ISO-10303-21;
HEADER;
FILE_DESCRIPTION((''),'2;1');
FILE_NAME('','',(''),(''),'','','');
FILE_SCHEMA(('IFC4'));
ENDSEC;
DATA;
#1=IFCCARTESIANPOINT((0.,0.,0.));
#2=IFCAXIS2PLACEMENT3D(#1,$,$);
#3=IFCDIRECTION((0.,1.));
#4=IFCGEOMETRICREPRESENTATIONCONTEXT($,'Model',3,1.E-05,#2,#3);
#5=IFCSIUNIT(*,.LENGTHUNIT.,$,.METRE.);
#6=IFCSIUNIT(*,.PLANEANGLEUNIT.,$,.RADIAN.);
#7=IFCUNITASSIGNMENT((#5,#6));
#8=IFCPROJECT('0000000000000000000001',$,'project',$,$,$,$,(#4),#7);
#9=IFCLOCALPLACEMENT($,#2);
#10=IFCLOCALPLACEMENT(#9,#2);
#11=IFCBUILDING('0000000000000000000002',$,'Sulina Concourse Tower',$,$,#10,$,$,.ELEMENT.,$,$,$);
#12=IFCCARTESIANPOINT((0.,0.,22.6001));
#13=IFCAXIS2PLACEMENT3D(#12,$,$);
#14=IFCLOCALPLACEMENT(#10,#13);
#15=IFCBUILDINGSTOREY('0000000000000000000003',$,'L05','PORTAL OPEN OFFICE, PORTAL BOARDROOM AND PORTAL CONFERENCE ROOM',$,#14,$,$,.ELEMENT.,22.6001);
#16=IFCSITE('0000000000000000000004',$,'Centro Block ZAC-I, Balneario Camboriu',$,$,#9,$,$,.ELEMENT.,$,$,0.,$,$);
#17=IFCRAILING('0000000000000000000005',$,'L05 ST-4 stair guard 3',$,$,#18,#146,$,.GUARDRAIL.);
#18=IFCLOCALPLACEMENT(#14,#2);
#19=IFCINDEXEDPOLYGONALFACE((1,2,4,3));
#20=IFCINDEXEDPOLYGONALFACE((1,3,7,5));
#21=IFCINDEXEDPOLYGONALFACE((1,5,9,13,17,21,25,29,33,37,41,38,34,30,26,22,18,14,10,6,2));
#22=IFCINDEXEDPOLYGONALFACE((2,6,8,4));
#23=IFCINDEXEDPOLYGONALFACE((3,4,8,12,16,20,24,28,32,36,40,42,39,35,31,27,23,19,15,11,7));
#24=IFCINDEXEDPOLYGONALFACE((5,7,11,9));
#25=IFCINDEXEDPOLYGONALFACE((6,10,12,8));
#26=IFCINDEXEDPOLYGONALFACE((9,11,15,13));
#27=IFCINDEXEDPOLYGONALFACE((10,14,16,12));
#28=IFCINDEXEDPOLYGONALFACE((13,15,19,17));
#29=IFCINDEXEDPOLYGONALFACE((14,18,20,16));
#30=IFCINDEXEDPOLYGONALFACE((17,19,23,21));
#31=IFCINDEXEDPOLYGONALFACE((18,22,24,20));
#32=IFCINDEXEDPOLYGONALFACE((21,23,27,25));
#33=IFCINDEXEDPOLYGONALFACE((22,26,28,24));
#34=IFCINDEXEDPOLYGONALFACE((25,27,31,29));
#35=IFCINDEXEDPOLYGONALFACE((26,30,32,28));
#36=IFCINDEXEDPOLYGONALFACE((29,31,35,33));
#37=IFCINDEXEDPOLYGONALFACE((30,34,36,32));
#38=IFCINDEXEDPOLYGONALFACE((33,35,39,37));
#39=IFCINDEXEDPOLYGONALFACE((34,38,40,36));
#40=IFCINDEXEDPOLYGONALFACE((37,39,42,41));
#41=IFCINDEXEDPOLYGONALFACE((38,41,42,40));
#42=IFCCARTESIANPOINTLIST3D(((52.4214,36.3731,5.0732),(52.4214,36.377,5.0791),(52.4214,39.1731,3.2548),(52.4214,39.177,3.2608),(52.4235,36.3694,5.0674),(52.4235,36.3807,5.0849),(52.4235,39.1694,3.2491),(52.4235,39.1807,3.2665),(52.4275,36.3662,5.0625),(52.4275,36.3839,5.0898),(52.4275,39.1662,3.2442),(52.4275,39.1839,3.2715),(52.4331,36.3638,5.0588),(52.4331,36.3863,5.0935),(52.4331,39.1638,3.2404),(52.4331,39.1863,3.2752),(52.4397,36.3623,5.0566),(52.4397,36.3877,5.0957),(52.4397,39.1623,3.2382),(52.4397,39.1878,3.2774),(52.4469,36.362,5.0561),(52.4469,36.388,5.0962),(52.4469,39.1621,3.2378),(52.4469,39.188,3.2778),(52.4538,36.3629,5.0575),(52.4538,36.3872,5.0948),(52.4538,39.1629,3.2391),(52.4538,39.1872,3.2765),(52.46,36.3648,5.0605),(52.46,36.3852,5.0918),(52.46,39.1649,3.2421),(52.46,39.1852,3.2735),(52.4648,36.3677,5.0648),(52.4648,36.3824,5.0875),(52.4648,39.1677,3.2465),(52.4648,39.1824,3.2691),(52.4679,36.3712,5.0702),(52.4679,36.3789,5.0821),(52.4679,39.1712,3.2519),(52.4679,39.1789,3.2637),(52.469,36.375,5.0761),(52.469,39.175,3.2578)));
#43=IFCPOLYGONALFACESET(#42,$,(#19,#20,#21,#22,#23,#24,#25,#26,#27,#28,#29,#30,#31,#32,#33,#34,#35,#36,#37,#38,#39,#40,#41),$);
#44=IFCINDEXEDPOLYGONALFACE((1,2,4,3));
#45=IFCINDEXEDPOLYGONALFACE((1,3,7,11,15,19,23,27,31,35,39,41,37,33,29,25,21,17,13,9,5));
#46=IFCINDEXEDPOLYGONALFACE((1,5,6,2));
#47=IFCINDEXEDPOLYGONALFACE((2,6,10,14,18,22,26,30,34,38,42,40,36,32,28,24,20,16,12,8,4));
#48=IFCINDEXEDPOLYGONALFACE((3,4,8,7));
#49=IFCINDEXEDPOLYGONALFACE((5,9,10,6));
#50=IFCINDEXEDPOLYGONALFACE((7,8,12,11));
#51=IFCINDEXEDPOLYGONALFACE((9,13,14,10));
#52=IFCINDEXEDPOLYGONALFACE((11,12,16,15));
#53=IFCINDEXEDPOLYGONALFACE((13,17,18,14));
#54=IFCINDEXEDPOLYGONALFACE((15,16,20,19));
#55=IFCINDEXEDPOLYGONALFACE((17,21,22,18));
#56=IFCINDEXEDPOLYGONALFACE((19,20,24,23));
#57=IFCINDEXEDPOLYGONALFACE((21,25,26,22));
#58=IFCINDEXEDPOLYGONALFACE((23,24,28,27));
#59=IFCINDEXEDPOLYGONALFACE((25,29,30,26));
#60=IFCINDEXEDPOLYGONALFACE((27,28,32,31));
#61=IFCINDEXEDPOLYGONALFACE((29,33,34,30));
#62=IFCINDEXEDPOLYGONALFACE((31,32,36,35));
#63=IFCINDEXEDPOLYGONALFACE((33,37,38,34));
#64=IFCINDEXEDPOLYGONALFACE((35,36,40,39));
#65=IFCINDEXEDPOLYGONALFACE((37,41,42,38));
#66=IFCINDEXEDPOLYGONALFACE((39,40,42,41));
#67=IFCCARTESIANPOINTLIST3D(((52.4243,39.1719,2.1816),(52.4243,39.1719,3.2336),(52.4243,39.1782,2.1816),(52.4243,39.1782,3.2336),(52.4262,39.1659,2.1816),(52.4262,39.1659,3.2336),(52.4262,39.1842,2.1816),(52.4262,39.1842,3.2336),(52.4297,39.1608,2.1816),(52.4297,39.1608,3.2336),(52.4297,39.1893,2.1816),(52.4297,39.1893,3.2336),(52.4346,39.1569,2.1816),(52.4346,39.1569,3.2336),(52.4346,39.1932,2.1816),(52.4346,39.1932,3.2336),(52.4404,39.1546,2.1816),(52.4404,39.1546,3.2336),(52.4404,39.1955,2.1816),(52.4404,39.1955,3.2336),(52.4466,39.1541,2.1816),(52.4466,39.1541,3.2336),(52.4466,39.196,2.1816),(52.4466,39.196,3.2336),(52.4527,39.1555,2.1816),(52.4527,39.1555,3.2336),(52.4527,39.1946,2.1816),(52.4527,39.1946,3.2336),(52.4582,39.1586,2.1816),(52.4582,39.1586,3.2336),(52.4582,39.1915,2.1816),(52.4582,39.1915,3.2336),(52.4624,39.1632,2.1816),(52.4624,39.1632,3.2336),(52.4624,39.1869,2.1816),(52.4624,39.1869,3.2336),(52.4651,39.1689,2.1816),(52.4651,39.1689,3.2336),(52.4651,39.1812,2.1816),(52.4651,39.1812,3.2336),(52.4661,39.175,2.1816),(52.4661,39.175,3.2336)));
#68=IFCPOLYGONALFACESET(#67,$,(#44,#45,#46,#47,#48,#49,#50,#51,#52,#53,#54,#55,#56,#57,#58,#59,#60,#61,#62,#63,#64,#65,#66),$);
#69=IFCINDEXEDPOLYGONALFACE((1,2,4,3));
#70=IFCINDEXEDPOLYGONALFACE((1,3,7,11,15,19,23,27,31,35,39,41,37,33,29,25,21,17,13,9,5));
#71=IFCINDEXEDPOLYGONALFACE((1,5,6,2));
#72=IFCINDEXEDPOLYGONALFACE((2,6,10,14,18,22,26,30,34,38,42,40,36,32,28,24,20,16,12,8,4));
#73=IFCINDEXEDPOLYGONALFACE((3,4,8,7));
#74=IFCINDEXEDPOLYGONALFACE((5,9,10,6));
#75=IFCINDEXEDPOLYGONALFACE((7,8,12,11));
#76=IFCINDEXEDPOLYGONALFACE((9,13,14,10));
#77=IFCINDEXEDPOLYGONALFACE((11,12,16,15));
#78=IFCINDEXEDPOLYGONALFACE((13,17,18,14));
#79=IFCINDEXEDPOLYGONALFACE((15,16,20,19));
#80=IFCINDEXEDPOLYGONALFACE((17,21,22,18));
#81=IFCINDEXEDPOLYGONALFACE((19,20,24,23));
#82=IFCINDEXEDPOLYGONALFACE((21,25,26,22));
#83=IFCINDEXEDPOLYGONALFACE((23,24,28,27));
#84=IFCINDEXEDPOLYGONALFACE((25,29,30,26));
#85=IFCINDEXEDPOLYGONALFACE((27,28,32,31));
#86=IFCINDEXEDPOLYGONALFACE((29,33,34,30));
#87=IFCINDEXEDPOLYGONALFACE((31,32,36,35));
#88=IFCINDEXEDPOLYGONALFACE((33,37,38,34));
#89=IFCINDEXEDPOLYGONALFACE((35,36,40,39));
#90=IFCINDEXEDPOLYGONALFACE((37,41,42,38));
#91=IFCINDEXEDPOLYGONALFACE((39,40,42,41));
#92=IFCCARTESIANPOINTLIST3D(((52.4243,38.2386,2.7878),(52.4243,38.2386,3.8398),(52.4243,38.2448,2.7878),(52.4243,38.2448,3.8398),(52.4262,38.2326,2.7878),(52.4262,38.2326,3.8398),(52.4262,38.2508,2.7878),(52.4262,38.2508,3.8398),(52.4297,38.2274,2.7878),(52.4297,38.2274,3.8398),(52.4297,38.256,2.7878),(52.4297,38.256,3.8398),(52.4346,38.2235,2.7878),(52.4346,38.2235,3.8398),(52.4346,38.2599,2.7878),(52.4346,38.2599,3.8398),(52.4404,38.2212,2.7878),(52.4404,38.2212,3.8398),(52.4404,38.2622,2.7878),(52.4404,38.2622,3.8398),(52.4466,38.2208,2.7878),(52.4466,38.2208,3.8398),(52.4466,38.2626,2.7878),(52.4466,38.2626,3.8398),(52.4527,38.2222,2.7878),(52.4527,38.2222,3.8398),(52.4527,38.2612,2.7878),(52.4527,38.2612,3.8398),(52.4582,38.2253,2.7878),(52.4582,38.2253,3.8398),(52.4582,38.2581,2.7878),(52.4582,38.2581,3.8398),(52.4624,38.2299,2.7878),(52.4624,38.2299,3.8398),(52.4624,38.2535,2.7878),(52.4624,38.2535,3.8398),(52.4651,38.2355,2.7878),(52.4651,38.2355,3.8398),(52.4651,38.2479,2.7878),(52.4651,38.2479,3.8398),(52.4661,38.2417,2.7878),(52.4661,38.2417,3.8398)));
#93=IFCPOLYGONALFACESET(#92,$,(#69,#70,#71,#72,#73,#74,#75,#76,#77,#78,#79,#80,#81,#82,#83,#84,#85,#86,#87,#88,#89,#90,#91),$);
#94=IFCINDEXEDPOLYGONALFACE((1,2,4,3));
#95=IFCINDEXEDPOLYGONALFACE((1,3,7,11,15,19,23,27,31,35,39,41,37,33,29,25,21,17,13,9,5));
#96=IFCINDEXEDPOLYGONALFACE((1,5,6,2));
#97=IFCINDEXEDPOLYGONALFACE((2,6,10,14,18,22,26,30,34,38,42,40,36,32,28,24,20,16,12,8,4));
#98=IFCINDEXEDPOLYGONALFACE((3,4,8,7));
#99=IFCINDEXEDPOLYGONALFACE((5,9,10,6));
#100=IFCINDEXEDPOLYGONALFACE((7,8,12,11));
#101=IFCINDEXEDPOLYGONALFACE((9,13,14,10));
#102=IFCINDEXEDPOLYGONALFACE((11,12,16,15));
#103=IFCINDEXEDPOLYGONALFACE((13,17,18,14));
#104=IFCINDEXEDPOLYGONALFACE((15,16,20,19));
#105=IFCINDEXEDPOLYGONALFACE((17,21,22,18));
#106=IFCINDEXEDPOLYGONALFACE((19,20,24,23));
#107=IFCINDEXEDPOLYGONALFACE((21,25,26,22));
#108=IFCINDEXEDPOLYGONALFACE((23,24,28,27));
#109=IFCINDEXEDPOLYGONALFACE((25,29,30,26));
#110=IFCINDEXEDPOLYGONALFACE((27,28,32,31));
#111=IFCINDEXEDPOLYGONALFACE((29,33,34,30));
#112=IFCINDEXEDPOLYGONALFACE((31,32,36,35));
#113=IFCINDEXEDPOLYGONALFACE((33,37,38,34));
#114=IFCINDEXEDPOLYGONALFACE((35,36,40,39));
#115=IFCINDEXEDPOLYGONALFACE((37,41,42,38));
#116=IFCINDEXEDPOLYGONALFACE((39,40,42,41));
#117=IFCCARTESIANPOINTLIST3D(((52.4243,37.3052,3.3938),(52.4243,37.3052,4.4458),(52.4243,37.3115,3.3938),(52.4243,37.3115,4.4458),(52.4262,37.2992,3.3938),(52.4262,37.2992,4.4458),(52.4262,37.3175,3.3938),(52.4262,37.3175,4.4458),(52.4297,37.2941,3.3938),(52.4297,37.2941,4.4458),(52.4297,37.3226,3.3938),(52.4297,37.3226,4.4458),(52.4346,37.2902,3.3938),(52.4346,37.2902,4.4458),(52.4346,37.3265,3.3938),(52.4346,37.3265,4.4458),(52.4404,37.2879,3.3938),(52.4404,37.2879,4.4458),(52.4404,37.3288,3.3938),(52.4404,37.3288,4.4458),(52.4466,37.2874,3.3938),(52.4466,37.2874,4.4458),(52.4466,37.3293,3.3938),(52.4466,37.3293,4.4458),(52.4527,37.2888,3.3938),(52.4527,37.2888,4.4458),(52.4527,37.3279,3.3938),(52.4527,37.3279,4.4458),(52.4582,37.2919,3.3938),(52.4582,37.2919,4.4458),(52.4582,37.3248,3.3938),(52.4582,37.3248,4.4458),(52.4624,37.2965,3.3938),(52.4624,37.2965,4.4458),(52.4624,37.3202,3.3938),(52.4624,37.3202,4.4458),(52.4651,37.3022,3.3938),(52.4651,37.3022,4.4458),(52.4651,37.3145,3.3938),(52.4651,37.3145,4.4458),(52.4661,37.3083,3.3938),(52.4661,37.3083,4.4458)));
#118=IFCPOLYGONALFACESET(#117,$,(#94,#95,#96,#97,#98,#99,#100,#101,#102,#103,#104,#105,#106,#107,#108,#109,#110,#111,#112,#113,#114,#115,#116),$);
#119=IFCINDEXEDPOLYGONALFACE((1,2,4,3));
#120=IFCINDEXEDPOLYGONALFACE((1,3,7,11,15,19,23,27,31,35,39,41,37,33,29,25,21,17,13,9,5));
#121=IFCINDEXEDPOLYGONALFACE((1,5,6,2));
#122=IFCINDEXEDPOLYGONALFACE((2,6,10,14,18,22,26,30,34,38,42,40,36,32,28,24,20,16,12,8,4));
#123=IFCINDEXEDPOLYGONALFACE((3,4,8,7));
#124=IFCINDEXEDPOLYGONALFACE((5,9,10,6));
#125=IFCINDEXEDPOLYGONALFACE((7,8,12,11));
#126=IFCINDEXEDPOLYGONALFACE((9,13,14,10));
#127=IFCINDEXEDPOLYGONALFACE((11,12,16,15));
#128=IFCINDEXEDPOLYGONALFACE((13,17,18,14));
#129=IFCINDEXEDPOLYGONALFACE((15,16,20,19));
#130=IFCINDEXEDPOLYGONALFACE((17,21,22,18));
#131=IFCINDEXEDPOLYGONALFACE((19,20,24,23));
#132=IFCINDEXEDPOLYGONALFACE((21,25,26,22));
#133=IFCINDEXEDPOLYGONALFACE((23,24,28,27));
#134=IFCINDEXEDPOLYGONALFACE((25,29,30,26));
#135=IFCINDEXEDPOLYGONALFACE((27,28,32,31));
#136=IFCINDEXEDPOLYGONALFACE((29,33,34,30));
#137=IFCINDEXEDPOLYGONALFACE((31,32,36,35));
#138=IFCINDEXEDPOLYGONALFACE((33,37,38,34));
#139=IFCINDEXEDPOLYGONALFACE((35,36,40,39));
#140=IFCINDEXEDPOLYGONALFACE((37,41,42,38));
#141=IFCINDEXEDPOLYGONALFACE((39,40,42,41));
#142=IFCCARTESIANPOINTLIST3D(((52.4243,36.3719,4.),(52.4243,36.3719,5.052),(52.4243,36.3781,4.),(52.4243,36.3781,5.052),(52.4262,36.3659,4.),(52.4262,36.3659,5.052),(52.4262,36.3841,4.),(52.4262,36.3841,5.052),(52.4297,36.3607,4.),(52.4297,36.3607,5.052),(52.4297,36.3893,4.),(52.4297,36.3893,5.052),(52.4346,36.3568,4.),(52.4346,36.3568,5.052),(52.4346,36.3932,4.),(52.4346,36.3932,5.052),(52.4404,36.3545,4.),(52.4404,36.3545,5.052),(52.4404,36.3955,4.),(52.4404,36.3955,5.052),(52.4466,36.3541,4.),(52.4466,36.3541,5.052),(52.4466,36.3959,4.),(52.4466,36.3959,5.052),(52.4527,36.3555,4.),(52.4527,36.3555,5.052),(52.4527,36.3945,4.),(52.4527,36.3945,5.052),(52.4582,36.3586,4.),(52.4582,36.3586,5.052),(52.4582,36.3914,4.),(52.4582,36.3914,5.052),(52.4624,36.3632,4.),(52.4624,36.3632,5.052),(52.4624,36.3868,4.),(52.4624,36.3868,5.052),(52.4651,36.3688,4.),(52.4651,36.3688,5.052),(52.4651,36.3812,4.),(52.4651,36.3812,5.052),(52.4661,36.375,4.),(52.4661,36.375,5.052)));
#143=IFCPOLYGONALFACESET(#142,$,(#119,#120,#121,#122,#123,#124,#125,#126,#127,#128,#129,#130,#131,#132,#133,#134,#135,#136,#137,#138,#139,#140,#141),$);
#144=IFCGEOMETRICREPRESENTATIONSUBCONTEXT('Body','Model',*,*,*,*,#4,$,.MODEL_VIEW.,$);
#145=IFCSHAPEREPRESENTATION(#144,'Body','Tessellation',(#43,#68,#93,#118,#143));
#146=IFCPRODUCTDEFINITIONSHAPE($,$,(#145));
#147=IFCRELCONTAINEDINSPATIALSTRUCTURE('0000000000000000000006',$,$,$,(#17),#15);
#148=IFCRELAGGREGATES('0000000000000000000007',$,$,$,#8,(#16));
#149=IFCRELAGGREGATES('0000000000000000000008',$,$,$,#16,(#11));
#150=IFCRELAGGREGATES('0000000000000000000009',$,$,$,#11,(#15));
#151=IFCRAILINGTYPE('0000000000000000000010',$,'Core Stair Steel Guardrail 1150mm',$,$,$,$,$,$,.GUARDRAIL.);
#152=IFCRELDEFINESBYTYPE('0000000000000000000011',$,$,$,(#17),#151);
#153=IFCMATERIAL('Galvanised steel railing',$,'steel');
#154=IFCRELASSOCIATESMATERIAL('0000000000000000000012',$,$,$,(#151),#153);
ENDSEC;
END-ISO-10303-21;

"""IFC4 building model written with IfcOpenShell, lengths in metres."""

from ifc_helpers import new_model, si_unit, direction, frame, origin, origin_2d, place, context, subcontext, project, spatial, circle, extrude, material, type_object, element, save


model = new_model("IFC4")

# Units and contexts
model_context = context("Model", 3, precision=1e-05, world=origin(), true_north=direction((0.0, 1.0)))
body_context = subcontext(model_context, "Body", "Model", "MODEL_VIEW")
ifc_project = project(units=[si_unit("LENGTHUNIT", "METRE"), si_unit("PLANEANGLEUNIT", "RADIAN")], contexts=[model_context])

# Site, building, storey
site_placement = place(None, origin())
site = spatial("IfcSite", under=ifc_project, at=site_placement, Name="Centro Block ZAC-I, Balneario Camboriu", CompositionType="ELEMENT", RefElevation=0.0)
building_placement = place(site_placement, origin())
building = spatial("IfcBuilding", under=site, at=building_placement, Name="Sulina Concourse Tower", CompositionType="ELEMENT")
storey_placement = place(building_placement, frame((0.0, 0.0, 22.6001)))
storey = spatial("IfcBuildingStorey", under=building, at=storey_placement, Name="L05", Description="PORTAL OPEN OFFICE, PORTAL BOARDROOM AND PORTAL CONFERENCE ROOM", CompositionType="ELEMENT", Elevation=22.6001)

# Railing
ifc_material_1 = material(Name="Galvanised steel railing", Category="steel")
railing_type_1 = type_object("IfcRailingType", Name="Core Stair Steel Guardrail 1150mm", PredefinedType="GUARDRAIL", material=ifc_material_1)
railing_1_placement = place(storey_placement, frame((52.4451, 39.175, 2.1816)))
element("IfcRailing", 1, at=railing_1_placement, inside=storey, type_object=railing_type_1, Name="L05 ST-4 stair guard 3", PredefinedType="GUARDRAIL", context=body_context, shape_type="SweptSolid", body=[
    extrude(circle(Radius=0.0239, at=origin_2d()), frame((0.0, 0.0, 1.0762), z_axis=(0.0, -0.838672, 0.544636), x_axis=(1.0, 0.0, 0.0)), (0.0, 0.0, 1.0), 3.3386),
    extrude(circle(Radius=0.021, at=origin_2d()), origin(), (0.0, 0.0, 1.0), 1.052),
    extrude(circle(Radius=0.021, at=origin_2d()), frame((0.0, -0.9333, 0.6062)), (0.0, 0.0, 1.0), 1.052),
    extrude(circle(Radius=0.021, at=origin_2d()), frame((0.0, -1.8667, 1.2122)), (0.0, 0.0, 1.0), 1.052),
    extrude(circle(Radius=0.021, at=origin_2d()), frame((0.0, -2.8, 1.8184)), (0.0, 0.0, 1.0), 1.052),
])

save(model, "model.ifc")
